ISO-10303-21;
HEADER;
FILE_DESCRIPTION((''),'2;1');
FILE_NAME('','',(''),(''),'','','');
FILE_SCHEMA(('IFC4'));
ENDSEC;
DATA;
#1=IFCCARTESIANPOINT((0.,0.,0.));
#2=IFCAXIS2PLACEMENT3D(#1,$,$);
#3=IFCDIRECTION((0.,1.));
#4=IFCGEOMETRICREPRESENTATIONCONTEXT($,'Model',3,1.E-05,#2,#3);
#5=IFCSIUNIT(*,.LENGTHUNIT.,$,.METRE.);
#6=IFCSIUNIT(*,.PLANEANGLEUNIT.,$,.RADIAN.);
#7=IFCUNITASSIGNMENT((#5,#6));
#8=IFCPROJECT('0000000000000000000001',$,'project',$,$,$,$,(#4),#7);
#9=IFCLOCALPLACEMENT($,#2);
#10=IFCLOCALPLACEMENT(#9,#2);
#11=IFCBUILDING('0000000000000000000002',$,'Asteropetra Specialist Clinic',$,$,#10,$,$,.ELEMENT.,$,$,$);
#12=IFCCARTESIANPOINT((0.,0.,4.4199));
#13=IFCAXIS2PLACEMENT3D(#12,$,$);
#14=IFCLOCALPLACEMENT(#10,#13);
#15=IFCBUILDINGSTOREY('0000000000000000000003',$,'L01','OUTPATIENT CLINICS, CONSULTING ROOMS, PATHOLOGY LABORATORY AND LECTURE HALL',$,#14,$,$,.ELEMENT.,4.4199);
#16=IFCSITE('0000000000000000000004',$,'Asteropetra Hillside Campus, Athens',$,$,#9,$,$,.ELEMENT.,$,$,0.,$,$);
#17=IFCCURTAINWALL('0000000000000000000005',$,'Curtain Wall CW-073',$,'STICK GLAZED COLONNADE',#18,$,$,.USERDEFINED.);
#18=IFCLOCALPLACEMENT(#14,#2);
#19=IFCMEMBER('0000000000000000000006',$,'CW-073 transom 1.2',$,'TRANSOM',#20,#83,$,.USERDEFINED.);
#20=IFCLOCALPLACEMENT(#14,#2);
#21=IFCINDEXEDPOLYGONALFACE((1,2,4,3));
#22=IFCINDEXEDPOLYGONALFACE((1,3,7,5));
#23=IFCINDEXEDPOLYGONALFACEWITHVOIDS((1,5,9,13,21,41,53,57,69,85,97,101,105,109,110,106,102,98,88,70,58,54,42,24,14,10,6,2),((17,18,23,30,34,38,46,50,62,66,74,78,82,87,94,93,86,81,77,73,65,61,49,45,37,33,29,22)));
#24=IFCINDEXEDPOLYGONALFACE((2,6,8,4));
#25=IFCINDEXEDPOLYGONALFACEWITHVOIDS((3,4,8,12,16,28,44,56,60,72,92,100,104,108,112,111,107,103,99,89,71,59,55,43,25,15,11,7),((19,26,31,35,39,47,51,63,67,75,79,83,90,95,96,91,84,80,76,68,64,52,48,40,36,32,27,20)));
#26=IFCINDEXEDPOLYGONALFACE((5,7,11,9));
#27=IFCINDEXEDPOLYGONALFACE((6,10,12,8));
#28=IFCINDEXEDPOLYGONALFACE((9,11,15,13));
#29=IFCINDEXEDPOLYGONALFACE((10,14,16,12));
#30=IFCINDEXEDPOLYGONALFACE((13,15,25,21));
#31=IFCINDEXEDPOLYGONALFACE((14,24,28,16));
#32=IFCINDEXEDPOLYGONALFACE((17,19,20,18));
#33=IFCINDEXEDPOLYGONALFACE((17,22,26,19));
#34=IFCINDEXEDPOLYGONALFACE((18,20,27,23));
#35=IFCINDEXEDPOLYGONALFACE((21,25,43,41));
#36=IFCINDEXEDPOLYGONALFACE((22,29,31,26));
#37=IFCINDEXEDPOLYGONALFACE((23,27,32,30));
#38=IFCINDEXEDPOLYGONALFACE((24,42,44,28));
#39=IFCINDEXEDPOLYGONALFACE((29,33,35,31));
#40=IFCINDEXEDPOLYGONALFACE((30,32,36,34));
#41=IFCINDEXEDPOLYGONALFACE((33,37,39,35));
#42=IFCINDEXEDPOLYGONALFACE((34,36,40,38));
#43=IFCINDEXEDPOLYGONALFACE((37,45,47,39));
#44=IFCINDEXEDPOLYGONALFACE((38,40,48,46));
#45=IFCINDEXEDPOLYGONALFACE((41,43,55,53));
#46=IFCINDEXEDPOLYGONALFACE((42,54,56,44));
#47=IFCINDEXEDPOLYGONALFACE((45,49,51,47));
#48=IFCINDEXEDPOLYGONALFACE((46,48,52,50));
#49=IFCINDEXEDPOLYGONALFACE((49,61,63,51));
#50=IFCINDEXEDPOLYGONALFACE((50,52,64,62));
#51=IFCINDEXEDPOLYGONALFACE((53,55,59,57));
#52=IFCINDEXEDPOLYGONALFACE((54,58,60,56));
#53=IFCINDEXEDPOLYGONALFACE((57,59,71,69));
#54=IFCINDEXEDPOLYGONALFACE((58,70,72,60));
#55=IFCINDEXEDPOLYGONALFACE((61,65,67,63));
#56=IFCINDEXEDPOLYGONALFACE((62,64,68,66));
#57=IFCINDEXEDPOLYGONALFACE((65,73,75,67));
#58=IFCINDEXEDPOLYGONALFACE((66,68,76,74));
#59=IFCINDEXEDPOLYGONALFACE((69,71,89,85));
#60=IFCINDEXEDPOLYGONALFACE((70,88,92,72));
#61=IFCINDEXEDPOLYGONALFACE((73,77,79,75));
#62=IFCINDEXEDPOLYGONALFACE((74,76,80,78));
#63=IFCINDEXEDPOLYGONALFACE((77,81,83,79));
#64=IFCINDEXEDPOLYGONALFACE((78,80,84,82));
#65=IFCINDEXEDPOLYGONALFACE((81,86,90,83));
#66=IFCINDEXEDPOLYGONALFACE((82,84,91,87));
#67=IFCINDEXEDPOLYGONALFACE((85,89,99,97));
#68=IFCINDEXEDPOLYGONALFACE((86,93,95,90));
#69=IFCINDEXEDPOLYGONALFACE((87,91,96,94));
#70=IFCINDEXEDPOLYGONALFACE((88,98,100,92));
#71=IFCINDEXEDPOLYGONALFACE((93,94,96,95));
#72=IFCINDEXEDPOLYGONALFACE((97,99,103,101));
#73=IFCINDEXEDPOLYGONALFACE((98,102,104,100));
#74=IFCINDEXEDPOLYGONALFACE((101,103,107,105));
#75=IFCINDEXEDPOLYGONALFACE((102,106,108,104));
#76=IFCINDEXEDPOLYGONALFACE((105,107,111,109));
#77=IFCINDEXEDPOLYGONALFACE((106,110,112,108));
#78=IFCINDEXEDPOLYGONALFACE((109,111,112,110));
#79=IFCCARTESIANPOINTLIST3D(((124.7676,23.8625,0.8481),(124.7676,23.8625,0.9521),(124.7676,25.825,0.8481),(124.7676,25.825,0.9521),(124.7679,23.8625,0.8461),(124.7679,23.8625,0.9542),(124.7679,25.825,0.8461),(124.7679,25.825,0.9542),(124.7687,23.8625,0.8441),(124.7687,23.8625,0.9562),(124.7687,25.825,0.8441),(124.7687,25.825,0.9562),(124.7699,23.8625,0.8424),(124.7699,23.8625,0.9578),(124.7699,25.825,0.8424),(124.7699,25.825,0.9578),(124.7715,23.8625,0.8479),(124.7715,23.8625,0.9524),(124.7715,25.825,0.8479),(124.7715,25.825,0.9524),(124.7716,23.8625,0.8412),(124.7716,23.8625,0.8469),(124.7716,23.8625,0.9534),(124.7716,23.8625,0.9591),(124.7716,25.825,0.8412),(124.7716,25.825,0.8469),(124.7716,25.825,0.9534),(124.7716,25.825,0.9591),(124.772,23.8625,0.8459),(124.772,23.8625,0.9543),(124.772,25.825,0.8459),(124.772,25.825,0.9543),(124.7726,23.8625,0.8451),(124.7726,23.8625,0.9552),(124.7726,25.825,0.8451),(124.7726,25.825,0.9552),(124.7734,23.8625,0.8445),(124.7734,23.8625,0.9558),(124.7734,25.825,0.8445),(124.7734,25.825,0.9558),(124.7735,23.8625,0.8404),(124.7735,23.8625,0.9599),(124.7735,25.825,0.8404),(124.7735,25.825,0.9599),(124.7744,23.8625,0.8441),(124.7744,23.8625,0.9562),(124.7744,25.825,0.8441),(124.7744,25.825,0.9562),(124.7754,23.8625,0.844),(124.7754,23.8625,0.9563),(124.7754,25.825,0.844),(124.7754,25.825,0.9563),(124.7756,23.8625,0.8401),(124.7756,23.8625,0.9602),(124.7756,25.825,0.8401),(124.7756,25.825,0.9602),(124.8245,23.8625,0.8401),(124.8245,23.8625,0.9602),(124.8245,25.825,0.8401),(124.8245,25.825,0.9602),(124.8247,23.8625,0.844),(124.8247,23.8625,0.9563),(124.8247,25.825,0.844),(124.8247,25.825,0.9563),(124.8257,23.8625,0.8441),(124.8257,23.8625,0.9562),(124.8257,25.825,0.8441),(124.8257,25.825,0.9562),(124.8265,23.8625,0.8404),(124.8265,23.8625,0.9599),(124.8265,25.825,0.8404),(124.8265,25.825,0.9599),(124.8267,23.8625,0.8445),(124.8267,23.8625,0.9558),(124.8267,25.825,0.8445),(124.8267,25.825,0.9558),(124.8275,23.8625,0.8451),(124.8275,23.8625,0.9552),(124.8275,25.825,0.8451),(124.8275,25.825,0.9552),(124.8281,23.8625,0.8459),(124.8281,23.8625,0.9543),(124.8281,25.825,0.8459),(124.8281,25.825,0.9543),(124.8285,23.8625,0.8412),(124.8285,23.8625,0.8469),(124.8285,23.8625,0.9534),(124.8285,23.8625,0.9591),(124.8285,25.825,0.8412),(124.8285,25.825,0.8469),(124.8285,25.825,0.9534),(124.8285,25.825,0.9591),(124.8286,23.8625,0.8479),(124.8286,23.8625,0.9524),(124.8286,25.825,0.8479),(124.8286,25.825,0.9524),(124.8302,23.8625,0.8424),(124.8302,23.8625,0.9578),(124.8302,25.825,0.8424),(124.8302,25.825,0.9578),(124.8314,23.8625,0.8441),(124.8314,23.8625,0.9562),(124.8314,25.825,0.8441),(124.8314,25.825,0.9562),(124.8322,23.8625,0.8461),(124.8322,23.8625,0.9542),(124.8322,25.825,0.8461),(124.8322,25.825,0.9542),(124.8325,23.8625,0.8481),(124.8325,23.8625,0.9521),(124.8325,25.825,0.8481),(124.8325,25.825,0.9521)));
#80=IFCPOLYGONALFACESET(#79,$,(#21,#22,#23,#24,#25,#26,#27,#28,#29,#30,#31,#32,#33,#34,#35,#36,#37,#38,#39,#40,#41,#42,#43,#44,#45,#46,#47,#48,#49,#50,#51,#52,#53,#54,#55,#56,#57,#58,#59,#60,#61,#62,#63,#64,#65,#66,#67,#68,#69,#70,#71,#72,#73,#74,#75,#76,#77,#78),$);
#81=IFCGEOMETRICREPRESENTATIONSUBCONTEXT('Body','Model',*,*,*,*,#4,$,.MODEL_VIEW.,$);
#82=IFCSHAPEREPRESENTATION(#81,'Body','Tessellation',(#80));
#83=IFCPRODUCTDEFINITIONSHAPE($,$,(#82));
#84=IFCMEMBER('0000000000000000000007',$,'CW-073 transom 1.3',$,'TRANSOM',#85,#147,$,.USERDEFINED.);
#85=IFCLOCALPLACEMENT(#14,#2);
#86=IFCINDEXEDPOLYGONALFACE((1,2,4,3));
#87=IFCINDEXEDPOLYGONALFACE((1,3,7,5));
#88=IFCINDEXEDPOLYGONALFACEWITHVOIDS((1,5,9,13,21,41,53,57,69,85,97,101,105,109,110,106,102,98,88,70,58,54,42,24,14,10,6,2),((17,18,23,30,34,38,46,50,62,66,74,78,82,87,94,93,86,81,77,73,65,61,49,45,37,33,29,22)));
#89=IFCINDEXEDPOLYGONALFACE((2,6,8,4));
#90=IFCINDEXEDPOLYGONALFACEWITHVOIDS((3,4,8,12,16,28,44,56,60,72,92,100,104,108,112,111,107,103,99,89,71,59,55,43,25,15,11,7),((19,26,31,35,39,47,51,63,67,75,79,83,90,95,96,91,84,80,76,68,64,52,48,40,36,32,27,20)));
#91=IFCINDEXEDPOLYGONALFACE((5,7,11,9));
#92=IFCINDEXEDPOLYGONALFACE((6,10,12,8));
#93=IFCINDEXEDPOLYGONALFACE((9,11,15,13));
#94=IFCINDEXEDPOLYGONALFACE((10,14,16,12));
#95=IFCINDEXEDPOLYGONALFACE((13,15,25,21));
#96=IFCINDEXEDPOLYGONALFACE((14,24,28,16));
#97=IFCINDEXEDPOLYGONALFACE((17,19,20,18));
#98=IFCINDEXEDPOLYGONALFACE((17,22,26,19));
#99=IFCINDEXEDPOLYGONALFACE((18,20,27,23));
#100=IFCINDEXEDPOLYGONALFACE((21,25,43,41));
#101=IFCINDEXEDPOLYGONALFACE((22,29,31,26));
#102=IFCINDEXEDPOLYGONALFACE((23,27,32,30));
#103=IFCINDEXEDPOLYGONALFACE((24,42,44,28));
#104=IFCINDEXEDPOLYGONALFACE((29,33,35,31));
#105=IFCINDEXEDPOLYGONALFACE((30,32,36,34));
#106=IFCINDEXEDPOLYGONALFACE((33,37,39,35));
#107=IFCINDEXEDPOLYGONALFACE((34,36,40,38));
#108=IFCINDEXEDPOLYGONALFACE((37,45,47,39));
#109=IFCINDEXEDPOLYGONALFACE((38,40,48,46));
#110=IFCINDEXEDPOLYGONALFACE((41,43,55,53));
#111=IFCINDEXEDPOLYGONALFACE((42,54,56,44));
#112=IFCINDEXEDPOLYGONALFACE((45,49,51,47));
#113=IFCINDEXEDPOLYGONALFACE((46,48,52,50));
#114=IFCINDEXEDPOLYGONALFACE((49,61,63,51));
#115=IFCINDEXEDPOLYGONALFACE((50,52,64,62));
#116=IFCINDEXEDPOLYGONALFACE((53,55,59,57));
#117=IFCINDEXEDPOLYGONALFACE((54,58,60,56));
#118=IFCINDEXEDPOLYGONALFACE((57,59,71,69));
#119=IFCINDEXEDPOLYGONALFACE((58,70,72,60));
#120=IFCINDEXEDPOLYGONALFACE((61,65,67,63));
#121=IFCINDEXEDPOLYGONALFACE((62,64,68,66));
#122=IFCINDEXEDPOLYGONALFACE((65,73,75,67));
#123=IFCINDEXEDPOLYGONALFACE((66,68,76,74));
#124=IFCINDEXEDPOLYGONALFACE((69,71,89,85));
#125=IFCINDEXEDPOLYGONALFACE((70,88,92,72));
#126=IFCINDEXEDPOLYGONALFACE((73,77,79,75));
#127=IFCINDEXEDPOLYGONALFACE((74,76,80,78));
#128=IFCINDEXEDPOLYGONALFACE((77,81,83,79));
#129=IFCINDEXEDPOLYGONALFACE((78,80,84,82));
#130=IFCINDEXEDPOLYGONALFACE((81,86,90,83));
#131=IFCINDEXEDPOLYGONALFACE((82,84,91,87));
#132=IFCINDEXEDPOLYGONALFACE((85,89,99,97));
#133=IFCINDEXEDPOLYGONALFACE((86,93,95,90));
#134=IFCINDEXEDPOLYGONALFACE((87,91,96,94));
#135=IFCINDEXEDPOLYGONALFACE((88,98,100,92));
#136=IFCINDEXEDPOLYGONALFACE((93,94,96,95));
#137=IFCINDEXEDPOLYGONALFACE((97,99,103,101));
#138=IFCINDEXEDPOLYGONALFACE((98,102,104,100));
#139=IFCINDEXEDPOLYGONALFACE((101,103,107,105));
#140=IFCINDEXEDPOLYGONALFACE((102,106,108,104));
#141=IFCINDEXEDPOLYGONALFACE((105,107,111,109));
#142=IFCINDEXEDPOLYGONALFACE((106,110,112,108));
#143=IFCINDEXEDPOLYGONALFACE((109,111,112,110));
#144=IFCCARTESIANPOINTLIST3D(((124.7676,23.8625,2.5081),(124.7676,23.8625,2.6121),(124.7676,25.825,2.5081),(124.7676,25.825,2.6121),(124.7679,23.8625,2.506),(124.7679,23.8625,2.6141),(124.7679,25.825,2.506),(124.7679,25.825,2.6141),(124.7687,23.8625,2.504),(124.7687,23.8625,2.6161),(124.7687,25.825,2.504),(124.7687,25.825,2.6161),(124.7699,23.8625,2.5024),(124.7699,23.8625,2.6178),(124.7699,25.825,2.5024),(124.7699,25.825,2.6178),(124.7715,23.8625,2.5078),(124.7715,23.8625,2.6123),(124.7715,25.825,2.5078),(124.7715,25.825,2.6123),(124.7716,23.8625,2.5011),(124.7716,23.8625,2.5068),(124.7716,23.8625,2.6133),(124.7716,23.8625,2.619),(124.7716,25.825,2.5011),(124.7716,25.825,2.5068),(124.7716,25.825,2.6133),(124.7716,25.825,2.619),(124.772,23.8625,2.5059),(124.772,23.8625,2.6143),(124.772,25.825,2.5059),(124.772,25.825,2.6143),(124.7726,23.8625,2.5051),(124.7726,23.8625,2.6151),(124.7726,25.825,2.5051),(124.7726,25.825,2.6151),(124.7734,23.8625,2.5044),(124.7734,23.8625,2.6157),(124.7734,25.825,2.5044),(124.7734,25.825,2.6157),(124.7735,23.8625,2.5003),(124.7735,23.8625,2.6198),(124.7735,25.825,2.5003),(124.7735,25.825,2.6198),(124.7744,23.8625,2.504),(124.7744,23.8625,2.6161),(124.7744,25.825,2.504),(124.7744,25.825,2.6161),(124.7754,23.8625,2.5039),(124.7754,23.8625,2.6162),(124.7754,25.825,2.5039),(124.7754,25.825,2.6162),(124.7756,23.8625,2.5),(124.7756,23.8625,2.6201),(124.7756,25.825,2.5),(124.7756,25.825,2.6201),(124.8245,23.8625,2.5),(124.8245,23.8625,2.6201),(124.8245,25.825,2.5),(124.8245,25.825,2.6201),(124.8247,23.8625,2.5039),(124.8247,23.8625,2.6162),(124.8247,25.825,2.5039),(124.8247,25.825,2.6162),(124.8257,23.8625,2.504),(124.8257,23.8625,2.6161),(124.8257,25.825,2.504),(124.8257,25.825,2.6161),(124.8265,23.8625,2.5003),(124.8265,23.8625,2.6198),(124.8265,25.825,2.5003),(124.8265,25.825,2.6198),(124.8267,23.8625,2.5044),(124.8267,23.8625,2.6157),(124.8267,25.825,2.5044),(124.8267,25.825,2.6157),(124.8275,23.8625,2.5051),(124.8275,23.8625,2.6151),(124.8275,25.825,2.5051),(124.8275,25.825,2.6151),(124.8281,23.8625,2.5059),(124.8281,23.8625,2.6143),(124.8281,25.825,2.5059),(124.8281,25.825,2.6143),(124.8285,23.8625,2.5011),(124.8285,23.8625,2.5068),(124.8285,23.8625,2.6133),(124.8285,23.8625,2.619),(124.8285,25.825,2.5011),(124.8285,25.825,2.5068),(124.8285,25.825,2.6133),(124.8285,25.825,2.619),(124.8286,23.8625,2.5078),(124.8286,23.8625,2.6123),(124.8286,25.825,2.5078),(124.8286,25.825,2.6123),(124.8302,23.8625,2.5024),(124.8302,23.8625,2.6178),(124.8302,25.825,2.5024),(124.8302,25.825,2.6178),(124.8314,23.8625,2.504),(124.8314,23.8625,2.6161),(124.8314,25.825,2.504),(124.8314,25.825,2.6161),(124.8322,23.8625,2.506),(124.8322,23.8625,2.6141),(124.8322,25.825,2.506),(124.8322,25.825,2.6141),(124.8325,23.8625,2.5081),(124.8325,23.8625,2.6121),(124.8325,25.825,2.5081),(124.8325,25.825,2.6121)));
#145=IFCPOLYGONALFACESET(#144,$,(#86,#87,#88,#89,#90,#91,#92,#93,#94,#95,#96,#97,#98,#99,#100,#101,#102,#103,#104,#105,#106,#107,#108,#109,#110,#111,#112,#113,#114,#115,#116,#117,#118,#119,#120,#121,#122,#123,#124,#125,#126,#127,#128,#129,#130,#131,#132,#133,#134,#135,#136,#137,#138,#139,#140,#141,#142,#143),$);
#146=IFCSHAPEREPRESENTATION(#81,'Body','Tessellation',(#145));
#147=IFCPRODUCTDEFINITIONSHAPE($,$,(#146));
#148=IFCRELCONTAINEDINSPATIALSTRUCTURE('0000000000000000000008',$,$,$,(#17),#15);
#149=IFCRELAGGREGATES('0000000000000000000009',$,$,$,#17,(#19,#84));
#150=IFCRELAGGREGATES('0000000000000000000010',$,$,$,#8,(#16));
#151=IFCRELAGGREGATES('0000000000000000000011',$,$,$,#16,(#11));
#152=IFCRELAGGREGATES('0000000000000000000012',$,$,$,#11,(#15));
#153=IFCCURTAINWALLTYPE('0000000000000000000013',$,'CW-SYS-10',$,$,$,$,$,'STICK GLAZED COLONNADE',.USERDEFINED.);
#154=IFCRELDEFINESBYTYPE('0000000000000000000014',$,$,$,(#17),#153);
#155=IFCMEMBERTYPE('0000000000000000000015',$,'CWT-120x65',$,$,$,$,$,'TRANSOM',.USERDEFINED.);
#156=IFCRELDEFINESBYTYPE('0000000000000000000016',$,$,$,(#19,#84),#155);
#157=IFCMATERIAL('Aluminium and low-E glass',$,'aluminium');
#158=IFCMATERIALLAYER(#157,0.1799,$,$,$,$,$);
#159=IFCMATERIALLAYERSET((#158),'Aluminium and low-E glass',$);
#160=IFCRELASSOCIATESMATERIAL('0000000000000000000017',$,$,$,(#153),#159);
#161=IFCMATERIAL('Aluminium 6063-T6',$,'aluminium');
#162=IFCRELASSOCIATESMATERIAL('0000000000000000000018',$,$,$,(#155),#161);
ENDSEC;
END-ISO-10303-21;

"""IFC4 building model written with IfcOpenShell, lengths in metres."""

from ifc_helpers import new_model, si_unit, direction, frame, origin, origin_2d, place, context, subcontext, project, spatial, hollow_rectangle, extrude, material, layer, layer_set, material_profile, profile_set, type_object, element, aggregate, save


model = new_model("IFC4")

# Units and contexts
model_context = context("Model", 3, precision=1e-05, world=origin(), true_north=direction((0.0, 1.0)))
body_context = subcontext(model_context, "Body", "Model", "MODEL_VIEW")
ifc_project = project(units=[si_unit("LENGTHUNIT", "METRE"), si_unit("PLANEANGLEUNIT", "RADIAN")], contexts=[model_context])

# Site, building, storey
site_placement = place(None, origin())
site = spatial("IfcSite", under=ifc_project, at=site_placement, Name="Asteropetra Hillside Campus, Athens", CompositionType="ELEMENT", RefElevation=0.0)
building_placement = place(site_placement, origin())
building = spatial("IfcBuilding", under=site, at=building_placement, Name="Asteropetra Specialist Clinic", CompositionType="ELEMENT")
storey_placement = place(building_placement, frame((0.0, 0.0, 4.4199)))
storey = spatial("IfcBuildingStorey", under=building, at=storey_placement, Name="L01", Description="OUTPATIENT CLINICS, CONSULTING ROOMS, PATHOLOGY LABORATORY AND LECTURE HALL", CompositionType="ELEMENT", Elevation=4.4199)

# Curtain wall
ifc_material_1 = material(Name="Aluminium and low-E glass", Category="aluminium")
ifc_layer_1 = layer(ifc_material_1, 0.1799)
ifc_layer_set_1 = layer_set([ifc_layer_1], Name="Aluminium and low-E glass")
curtain_wall_type_1 = type_object("IfcCurtainWallType", Name="CW-SYS-10", ElementType="STICK GLAZED COLONNADE", PredefinedType="USERDEFINED", material=ifc_layer_set_1)
curtain_wall_1_placement = place(storey_placement, origin())
curtain_wall_1 = element("IfcCurtainWall", 1, at=curtain_wall_1_placement, inside=storey, type_object=curtain_wall_type_1, Name="Curtain Wall CW-073", ObjectType="STICK GLAZED COLONNADE", PredefinedType="USERDEFINED")

# Members
ifc_material_2 = material(Name="Aluminium 6063-T6", Category="aluminium")
ifc_material_profile_1 = material_profile(ifc_material_2, hollow_rectangle(XDim=0.0649, YDim=0.1201, WallThickness=0.0039, InnerFilletRadius=0.0039, OuterFilletRadius=0.0081, at=origin_2d()), Name="TRN 120x65x4.0")
ifc_profile_set_1 = profile_set([ifc_material_profile_1], Name="Aluminium 6063-T6")
member_type_1 = type_object("IfcMemberType", Name="CWT-120x65", ElementType="TRANSOM", PredefinedType="USERDEFINED", material=ifc_profile_set_1)
member_1_placement = place(storey_placement, frame((124.8, 25.825, 0.9001), z_axis=(0.0, -1.0, 0.0), x_axis=(1.0, 0.0, 0.0)))
member_1 = element("IfcMember", 2, at=member_1_placement, type_object=member_type_1, Name="CW-073 transom 1.2", ObjectType="TRANSOM", PredefinedType="USERDEFINED", context=body_context, shape_type="SweptSolid", body=[
    extrude(hollow_rectangle(XDim=0.0649, YDim=0.1201, WallThickness=0.0039, InnerFilletRadius=0.0039, OuterFilletRadius=0.0081, at=origin_2d()), origin(), (0.0, 0.0, 1.0), 1.9624),
])
member_2_placement = place(storey_placement, frame((124.8, 25.825, 2.5601), z_axis=(0.0, -1.0, 0.0), x_axis=(1.0, 0.0, 0.0)))
member_2 = element("IfcMember", 3, at=member_2_placement, type_object=member_type_1, Name="CW-073 transom 1.3", ObjectType="TRANSOM", PredefinedType="USERDEFINED", context=body_context, shape_type="SweptSolid", body=[
    extrude(hollow_rectangle(XDim=0.0649, YDim=0.1201, WallThickness=0.0039, InnerFilletRadius=0.0039, OuterFilletRadius=0.0081, at=origin_2d()), origin(), (0.0, 0.0, 1.0), 1.9624),
])

aggregate(curtain_wall_1, [member_1, member_2])

save(model, "model.ifc")
